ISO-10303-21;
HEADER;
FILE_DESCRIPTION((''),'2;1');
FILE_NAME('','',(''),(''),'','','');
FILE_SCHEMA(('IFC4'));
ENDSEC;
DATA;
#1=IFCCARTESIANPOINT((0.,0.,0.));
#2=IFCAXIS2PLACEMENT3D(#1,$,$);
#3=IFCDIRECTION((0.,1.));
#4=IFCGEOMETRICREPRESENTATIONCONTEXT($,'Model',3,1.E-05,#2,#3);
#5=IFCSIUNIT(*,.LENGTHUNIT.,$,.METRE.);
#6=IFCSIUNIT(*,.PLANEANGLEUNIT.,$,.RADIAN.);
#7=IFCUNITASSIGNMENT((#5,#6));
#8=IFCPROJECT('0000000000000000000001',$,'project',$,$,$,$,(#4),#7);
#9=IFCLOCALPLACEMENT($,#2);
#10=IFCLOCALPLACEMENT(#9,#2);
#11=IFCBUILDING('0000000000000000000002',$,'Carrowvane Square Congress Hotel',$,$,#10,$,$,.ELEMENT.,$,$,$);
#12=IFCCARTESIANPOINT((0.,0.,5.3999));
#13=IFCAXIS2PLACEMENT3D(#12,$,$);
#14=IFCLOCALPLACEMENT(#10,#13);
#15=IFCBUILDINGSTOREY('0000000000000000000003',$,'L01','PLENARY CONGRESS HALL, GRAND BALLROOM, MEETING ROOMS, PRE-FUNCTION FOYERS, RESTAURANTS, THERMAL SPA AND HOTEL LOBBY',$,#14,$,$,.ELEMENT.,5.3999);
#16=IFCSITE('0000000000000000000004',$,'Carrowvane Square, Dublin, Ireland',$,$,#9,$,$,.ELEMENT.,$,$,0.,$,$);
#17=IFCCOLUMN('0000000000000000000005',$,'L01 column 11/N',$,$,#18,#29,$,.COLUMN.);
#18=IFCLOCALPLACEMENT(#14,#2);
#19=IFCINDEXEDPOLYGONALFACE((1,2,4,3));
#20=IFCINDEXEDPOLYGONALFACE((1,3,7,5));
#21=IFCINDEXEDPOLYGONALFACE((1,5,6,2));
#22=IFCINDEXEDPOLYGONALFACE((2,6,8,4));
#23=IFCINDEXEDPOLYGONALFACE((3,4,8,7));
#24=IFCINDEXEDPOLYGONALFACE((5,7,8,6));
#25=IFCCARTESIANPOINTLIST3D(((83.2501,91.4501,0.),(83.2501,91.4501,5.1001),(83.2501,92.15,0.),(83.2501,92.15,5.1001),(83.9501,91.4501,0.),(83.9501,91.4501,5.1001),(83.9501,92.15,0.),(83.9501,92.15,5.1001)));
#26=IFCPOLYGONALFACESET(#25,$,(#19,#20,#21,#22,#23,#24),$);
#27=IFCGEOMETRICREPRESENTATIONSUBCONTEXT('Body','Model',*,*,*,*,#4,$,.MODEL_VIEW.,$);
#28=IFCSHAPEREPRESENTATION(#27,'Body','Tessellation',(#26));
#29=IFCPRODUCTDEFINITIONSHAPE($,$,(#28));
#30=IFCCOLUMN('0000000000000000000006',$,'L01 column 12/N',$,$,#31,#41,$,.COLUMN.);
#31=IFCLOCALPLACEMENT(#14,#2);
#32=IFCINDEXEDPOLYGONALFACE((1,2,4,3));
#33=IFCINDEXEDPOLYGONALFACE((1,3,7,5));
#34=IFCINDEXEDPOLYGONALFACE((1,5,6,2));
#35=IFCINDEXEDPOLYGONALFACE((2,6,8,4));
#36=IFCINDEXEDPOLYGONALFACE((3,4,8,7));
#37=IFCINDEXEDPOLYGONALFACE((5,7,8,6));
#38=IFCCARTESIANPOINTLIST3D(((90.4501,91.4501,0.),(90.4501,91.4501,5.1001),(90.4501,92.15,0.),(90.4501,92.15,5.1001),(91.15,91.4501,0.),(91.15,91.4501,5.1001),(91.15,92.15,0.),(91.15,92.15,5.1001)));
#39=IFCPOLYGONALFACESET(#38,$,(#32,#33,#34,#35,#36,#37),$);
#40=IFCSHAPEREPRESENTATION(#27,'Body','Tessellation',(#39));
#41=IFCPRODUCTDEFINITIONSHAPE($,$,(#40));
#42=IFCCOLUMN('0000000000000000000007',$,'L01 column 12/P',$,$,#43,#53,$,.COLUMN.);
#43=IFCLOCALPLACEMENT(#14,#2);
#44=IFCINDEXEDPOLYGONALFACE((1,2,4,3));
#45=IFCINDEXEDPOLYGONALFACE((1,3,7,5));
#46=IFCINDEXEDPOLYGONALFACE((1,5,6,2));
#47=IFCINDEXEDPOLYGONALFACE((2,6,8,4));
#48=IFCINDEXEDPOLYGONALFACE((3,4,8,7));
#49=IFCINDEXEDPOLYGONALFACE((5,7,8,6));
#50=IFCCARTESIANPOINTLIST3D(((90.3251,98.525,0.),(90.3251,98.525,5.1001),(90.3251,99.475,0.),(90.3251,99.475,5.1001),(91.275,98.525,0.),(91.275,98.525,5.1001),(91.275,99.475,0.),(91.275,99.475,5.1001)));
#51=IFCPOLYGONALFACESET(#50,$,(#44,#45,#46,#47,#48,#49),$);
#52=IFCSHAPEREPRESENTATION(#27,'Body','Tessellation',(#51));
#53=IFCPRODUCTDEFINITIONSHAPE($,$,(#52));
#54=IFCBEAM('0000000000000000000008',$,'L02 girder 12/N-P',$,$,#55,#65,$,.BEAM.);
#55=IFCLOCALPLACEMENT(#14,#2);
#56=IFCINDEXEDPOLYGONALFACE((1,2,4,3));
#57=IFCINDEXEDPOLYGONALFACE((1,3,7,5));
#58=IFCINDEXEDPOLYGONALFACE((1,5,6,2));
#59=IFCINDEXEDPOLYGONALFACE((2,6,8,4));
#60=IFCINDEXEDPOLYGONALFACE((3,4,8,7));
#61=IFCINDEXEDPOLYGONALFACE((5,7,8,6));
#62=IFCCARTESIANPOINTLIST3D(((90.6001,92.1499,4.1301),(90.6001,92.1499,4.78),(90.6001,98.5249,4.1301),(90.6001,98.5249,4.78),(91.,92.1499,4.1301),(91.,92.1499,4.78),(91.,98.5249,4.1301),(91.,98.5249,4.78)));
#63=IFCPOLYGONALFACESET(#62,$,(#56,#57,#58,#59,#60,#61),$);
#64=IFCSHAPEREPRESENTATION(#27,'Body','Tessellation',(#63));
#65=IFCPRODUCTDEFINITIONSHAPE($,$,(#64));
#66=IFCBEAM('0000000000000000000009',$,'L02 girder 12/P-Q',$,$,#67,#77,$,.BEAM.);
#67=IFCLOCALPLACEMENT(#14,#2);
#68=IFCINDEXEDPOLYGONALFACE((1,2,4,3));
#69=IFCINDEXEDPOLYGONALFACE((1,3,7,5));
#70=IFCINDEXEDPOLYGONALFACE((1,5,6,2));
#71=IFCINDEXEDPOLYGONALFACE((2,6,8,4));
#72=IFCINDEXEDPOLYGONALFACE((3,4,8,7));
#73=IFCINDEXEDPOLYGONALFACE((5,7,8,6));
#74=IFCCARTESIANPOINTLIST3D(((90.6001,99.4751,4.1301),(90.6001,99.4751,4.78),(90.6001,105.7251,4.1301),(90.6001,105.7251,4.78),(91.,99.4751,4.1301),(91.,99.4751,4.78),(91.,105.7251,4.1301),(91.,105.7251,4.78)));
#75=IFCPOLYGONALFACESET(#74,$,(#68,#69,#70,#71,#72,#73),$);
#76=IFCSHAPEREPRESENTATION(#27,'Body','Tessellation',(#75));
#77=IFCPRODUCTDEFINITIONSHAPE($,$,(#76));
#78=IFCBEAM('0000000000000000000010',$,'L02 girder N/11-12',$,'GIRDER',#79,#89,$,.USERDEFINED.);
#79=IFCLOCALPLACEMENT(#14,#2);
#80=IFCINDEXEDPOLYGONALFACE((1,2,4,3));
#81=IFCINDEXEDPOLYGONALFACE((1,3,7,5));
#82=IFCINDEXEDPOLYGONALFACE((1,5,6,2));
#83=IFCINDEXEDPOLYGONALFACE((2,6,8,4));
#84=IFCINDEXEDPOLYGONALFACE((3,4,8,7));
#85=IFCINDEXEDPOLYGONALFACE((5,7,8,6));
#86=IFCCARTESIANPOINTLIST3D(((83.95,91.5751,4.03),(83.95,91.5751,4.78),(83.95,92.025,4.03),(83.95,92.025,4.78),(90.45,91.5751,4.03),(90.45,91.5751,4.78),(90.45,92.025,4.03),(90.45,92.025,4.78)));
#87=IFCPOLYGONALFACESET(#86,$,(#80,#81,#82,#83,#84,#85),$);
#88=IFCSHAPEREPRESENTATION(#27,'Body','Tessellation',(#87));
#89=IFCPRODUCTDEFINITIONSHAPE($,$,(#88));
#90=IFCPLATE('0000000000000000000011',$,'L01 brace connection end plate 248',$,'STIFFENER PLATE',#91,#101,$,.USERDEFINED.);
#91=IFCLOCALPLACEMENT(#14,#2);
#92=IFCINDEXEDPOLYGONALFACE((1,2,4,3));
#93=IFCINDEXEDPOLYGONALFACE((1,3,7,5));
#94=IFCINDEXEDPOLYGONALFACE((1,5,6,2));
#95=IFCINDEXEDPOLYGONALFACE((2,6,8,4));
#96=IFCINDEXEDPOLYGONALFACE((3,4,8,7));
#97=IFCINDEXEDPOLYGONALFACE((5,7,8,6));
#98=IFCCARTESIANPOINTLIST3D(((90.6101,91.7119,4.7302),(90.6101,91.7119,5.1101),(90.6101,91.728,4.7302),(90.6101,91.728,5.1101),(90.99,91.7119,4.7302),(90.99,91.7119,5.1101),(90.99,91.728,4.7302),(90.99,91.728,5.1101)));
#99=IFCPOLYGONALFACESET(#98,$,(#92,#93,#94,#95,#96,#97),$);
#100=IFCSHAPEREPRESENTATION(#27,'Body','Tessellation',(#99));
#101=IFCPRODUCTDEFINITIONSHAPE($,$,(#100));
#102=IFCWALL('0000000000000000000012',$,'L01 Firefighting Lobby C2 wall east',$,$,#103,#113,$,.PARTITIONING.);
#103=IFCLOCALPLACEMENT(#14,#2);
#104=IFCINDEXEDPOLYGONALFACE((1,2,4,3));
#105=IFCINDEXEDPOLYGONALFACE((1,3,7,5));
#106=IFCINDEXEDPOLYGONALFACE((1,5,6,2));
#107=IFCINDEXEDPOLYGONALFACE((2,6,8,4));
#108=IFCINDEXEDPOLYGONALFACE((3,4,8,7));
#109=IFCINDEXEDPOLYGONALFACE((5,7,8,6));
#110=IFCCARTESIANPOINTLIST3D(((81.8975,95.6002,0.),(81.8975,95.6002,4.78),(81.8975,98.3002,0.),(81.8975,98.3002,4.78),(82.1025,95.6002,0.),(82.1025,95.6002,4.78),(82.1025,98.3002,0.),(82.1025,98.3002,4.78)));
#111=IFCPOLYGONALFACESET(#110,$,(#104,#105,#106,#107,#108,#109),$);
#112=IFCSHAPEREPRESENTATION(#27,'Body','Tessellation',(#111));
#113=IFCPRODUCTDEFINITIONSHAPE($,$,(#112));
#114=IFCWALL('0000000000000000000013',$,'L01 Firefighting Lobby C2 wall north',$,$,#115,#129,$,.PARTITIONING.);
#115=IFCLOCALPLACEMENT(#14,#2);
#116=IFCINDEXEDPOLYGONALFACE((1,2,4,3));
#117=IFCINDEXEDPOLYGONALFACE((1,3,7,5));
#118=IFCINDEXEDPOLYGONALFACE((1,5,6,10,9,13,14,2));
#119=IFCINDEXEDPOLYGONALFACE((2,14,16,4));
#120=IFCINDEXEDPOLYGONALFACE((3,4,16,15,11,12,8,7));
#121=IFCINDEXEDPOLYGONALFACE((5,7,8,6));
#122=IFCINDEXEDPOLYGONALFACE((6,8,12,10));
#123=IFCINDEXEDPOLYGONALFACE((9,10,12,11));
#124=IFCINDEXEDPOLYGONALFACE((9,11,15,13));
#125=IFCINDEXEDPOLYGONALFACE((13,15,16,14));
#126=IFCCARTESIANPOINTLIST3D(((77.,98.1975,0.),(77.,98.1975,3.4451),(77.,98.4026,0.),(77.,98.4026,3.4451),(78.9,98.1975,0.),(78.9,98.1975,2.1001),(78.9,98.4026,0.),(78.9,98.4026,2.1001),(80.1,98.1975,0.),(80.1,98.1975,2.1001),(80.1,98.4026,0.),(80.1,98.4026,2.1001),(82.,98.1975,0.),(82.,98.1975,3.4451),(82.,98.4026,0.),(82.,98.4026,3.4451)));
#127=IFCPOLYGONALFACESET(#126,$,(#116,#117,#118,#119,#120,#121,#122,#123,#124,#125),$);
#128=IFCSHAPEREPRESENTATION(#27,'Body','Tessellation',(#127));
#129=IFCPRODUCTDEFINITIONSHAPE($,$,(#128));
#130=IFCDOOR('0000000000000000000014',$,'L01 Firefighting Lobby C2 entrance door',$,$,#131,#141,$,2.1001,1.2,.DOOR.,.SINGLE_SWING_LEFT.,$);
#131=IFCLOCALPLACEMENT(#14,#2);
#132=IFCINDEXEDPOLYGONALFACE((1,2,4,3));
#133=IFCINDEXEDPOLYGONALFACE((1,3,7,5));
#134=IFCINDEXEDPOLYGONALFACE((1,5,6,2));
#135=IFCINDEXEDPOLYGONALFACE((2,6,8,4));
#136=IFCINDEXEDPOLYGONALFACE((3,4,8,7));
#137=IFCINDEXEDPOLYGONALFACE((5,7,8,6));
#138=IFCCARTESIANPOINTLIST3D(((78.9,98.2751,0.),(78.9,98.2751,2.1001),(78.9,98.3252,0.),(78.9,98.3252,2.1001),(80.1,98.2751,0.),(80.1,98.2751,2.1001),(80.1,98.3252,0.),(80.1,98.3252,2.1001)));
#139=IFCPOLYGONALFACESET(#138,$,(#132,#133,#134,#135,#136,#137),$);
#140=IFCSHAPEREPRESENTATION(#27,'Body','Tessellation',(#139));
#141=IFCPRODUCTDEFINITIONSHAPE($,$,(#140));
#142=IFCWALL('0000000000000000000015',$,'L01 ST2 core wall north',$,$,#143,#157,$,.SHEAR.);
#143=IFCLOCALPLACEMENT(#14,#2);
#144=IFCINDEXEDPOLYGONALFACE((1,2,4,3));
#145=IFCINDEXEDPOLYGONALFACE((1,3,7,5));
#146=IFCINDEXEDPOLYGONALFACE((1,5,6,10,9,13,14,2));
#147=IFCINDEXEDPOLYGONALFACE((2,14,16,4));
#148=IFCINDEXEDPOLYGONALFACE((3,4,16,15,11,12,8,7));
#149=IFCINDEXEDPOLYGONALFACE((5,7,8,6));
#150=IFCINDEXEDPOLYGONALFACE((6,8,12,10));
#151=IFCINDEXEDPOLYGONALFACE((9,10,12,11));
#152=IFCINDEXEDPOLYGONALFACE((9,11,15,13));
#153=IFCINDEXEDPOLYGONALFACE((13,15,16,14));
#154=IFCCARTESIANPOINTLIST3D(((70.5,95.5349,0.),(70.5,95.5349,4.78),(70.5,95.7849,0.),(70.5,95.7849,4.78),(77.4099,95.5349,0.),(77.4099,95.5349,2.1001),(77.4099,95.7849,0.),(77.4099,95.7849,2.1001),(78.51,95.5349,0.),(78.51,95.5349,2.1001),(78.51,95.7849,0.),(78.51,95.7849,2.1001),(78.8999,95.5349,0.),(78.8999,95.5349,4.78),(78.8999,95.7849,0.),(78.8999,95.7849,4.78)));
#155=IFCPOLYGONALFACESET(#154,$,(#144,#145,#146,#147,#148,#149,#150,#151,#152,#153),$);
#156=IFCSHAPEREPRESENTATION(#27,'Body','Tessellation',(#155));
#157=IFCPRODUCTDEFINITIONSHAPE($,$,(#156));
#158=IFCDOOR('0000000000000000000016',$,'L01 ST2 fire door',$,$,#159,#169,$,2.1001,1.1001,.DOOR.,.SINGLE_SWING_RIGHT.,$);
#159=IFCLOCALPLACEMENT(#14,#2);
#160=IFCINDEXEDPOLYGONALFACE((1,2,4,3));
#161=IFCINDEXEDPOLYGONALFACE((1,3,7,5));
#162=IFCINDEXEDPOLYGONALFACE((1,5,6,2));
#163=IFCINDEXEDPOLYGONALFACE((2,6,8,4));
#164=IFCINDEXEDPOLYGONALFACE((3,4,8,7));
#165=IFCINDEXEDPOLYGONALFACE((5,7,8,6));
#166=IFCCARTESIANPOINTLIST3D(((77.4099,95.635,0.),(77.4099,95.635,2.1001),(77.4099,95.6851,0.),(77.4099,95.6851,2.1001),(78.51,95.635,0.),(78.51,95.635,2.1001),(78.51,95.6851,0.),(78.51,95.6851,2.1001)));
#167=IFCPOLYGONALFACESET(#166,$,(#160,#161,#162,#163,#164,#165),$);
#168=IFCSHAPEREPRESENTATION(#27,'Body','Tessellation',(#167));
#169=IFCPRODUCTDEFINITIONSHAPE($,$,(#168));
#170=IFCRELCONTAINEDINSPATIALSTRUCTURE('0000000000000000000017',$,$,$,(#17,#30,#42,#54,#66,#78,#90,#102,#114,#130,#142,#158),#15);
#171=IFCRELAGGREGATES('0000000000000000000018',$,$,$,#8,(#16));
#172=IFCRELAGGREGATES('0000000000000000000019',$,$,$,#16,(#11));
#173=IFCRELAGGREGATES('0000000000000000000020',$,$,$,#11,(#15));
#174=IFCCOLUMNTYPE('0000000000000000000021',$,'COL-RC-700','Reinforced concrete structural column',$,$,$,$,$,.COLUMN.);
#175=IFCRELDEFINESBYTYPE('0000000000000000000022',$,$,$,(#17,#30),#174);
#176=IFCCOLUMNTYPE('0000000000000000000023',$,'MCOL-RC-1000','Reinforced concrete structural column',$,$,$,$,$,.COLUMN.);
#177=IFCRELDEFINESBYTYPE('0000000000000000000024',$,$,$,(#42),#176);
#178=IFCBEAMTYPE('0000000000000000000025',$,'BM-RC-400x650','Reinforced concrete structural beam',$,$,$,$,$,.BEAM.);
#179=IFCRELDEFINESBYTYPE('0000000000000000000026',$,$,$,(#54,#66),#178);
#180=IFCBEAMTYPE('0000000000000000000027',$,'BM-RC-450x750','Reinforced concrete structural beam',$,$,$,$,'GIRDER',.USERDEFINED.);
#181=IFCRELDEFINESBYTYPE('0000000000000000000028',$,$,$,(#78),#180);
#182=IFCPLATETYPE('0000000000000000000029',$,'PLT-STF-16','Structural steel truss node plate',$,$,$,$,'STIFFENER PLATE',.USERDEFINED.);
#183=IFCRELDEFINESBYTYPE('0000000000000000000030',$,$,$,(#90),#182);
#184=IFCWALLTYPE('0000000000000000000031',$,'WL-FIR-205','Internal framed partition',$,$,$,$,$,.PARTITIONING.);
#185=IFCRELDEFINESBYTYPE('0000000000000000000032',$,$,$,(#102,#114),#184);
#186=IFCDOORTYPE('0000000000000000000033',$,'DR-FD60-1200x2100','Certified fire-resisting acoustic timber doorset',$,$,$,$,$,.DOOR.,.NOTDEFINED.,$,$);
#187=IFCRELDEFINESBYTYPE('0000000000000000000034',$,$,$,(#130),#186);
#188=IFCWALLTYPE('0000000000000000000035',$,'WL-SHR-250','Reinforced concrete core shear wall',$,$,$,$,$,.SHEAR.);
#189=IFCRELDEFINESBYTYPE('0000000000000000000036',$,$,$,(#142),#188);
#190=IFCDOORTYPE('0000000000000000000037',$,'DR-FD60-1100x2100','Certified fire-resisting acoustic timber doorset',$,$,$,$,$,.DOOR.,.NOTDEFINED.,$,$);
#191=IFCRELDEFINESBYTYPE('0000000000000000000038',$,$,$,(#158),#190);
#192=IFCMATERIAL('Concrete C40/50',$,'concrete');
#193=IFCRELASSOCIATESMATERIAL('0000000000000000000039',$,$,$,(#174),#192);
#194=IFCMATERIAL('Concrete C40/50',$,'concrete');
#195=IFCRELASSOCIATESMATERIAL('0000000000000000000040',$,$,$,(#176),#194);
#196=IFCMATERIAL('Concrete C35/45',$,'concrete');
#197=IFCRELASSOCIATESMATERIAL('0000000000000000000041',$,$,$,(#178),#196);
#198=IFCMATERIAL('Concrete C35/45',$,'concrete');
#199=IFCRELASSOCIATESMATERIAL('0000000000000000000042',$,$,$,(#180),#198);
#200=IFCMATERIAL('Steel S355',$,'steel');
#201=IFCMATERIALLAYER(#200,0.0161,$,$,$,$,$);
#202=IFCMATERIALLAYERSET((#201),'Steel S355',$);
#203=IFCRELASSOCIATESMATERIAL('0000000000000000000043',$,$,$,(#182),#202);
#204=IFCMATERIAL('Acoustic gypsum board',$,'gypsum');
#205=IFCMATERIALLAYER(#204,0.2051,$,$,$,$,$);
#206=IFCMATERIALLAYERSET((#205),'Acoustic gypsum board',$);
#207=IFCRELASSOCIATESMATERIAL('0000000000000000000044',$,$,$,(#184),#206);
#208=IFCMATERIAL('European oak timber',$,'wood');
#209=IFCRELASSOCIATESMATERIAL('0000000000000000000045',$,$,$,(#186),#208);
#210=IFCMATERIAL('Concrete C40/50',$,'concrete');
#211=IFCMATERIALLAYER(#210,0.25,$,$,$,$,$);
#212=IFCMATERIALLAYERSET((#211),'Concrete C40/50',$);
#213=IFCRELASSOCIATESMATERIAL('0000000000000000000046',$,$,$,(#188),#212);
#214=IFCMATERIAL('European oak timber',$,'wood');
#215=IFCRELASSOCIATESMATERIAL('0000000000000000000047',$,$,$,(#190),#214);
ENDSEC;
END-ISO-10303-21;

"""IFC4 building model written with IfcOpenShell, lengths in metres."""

from ifc_helpers import new_model, si_unit, direction, frame, frame_2d, origin, origin_2d, place, context, subcontext, project, spatial, rectangle, extrude, material, layer, layer_set, material_profile, profile_set, type_object, element, fill, save


model = new_model("IFC4")

# Units and contexts
model_context = context("Model", 3, precision=1e-05, world=origin(), true_north=direction((0.0, 1.0)))
body_context = subcontext(model_context, "Body", "Model", "MODEL_VIEW")
ifc_project = project(units=[si_unit("LENGTHUNIT", "METRE"), si_unit("PLANEANGLEUNIT", "RADIAN")], contexts=[model_context])

# Site, building, storey
site_placement = place(None, origin())
site = spatial("IfcSite", under=ifc_project, at=site_placement, Name="Carrowvane Square, Dublin, Ireland", CompositionType="ELEMENT", RefElevation=0.0)
building_placement = place(site_placement, origin())
building = spatial("IfcBuilding", under=site, at=building_placement, Name="Carrowvane Square Congress Hotel", CompositionType="ELEMENT")
storey_placement = place(building_placement, frame((0.0, 0.0, 5.3999)))
storey = spatial("IfcBuildingStorey", under=building, at=storey_placement, Name="L01", Description="PLENARY CONGRESS HALL, GRAND BALLROOM, MEETING ROOMS, PRE-FUNCTION FOYERS, RESTAURANTS, THERMAL SPA AND HOTEL LOBBY", CompositionType="ELEMENT", Elevation=5.3999)

# Columns
ifc_material_1 = material(Name="Concrete C40/50", Category="concrete")
ifc_material_profile_1 = material_profile(ifc_material_1, rectangle(XDim=0.7, YDim=0.7, at=origin_2d()), Name="RC 700x700")
ifc_profile_set_1 = profile_set([ifc_material_profile_1], Name="Concrete C40/50")
column_type_1 = type_object("IfcColumnType", Name="COL-RC-700", Description="Reinforced concrete structural column", PredefinedType="COLUMN", material=ifc_profile_set_1)
for number, where, z_axis, x_axis, name in (
    (1, (83.6001, 91.8, 0.0), (0.0, 0.0, 1.0), (1.0, 0.0, 0.0), "L01 column 11/N"),
    (2, (90.8, 91.8, 0.0), (0.0, 0.0, 1.0), (1.0, 0.0, 0.0), "L01 column 12/N"),
):
    element("IfcColumn", number, at=place(storey_placement, frame(where, z_axis=z_axis, x_axis=x_axis)), inside=storey, type_object=column_type_1, Name=name, PredefinedType="COLUMN", context=body_context, shape_type="SweptSolid", body=[
        extrude(rectangle(XDim=0.7, YDim=0.7, at=origin_2d()), origin(), (0.0, 0.0, 1.0), 5.1001),
    ])
ifc_material_2 = material(Name="Concrete C40/50", Category="concrete")
ifc_material_profile_2 = material_profile(ifc_material_2, rectangle(XDim=0.95, YDim=0.95, at=origin_2d()), Name="RC 950x950")
ifc_profile_set_2 = profile_set([ifc_material_profile_2], Name="Concrete C40/50")
column_type_2 = type_object("IfcColumnType", Name="MCOL-RC-1000", Description="Reinforced concrete structural column", PredefinedType="COLUMN", material=ifc_profile_set_2)
column_placement = place(storey_placement, frame((90.8, 99.0, 0.0), z_axis=(0.0, 0.0, 1.0), x_axis=(1.0, 0.0, 0.0)))
element("IfcColumn", 3, at=column_placement, inside=storey, type_object=column_type_2, Name="L01 column 12/P", PredefinedType="COLUMN", context=body_context, shape_type="SweptSolid", body=[
    extrude(rectangle(XDim=0.95, YDim=0.95, at=origin_2d()), origin(), (0.0, 0.0, 1.0), 5.1001),
])

# Beams
ifc_material_3 = material(Name="Concrete C35/45", Category="concrete")
ifc_material_profile_3 = material_profile(ifc_material_3, rectangle(XDim=0.3999, YDim=0.6499, at=origin_2d()), Name="RC 400x650")
ifc_profile_set_3 = profile_set([ifc_material_profile_3], Name="Concrete C35/45")
beam_type_1 = type_object("IfcBeamType", Name="BM-RC-400x650", Description="Reinforced concrete structural beam", PredefinedType="BEAM", material=ifc_profile_set_3)
beam_1_placement = place(storey_placement, frame((90.8, 92.1499, 4.4551), z_axis=(0.0, 1.0, 0.0), x_axis=(-1.0, 0.0, 0.0)))
element("IfcBeam", 4, at=beam_1_placement, inside=storey, type_object=beam_type_1, Name="L02 girder 12/N-P", PredefinedType="BEAM", context=body_context, shape_type="SweptSolid", body=[
    extrude(rectangle(XDim=0.3999, YDim=0.6499, at=origin_2d()), origin(), (0.0, 0.0, 1.0), 6.375),
])
beam_2_placement = place(storey_placement, frame((90.8, 99.4751, 4.4551), z_axis=(0.0, 1.0, 0.0), x_axis=(-1.0, 0.0, 0.0)))
element("IfcBeam", 5, at=beam_2_placement, inside=storey, type_object=beam_type_1, Name="L02 girder 12/P-Q", PredefinedType="BEAM", context=body_context, shape_type="SweptSolid", body=[
    extrude(rectangle(XDim=0.3999, YDim=0.6499, at=origin_2d()), origin(), (0.0, 0.0, 1.0), 6.25),
])
ifc_material_4 = material(Name="Concrete C35/45", Category="concrete")
ifc_material_profile_4 = material_profile(ifc_material_4, rectangle(XDim=0.45, YDim=0.75, at=origin_2d()), Name="RC 450x750")
ifc_profile_set_4 = profile_set([ifc_material_profile_4], Name="Concrete C35/45")
beam_type_2 = type_object("IfcBeamType", Name="BM-RC-450x750", Description="Reinforced concrete structural beam", ElementType="GIRDER", PredefinedType="USERDEFINED", material=ifc_profile_set_4)
beam_3_placement = place(storey_placement, frame((83.95, 91.8, 4.405), z_axis=(1.0, 0.0, 0.0), x_axis=(0.0, 1.0, 0.0)))
element("IfcBeam", 6, at=beam_3_placement, inside=storey, type_object=beam_type_2, Name="L02 girder N/11-12", ObjectType="GIRDER", PredefinedType="USERDEFINED", context=body_context, shape_type="SweptSolid", body=[
    extrude(rectangle(XDim=0.45, YDim=0.75, at=origin_2d()), origin(), (0.0, 0.0, 1.0), 6.5),
])

# Plate
ifc_material_5 = material(Name="Steel S355", Category="steel")
ifc_layer_1 = layer(ifc_material_5, 0.0161)
ifc_layer_set_1 = layer_set([ifc_layer_1], Name="Steel S355")
plate_type = type_object("IfcPlateType", Name="PLT-STF-16", Description="Structural steel truss node plate", ElementType="STIFFENER PLATE", PredefinedType="USERDEFINED", material=ifc_layer_set_1)
plate_placement = place(storey_placement, frame((90.8, 91.72, 4.7302), z_axis=(0.0, 0.0, 1.0), x_axis=(1.0, 0.0, 0.0)))
element("IfcPlate", 7, at=plate_placement, inside=storey, type_object=plate_type, Name="L01 brace connection end plate 248", ObjectType="STIFFENER PLATE", PredefinedType="USERDEFINED", context=body_context, shape_type="SweptSolid", body=[
    extrude(rectangle(XDim=0.3799, YDim=0.0161, at=origin_2d()), origin(), (0.0, 0.0, 1.0), 0.3799),
])

# Wall
ifc_material_6 = material(Name="Acoustic gypsum board", Category="gypsum")
ifc_layer_2 = layer(ifc_material_6, 0.2051)
ifc_layer_set_2 = layer_set([ifc_layer_2], Name="Acoustic gypsum board")
wall_type_1 = type_object("IfcWallType", Name="WL-FIR-205", Description="Internal framed partition", PredefinedType="PARTITIONING", material=ifc_layer_set_2)
wall_1_placement = place(storey_placement, frame((82.0, 95.6001, 0.0), z_axis=(0.0, 0.0, 1.0), x_axis=(0.0, 1.0, 0.0)))
element("IfcWall", 8, at=wall_1_placement, inside=storey, type_object=wall_type_1, Name="L01 Firefighting Lobby C2 wall east", PredefinedType="PARTITIONING", context=body_context, shape_type="SweptSolid", body=[
    extrude(rectangle(XDim=2.7, YDim=0.2051, at=frame_2d((1.3501, 0.0))), origin(), (0.0, 0.0, 1.0), 4.78),
])

# Walls, openings, doors
wall_2_placement = place(storey_placement, frame((82.0, 98.3, 0.0), z_axis=(0.0, 0.0, 1.0), x_axis=(-1.0, 0.0, 0.0)))
wall_2 = element("IfcWall", 9, at=wall_2_placement, inside=storey, type_object=wall_type_1, Name="L01 Firefighting Lobby C2 wall north", PredefinedType="PARTITIONING", context=body_context, shape_type="SweptSolid", body=[
    extrude(rectangle(XDim=5.0, YDim=0.2051, at=frame_2d((2.5, 0.0))), origin(), (0.0, 0.0, 1.0), 3.4451),
])
opening_1_placement = place(wall_2_placement, frame((1.8999, 0.0, 0.0)))
opening_1 = element("IfcOpeningElement", 10, at=opening_1_placement, cuts=wall_2, PredefinedType="OPENING", context=body_context, shape_type="SweptSolid", body=[
    extrude(rectangle(XDim=1.2, YDim=2.1001, at=frame_2d((0.6001, 1.05))), frame((0.0, 0.1125, 0.0), z_axis=(0.0, -1.0, 0.0), x_axis=(1.0, 0.0, 0.0)), (0.0, 0.0, 1.0), 0.2251),
])
ifc_material_7 = material(Name="European oak timber", Category="wood")
door_type_1 = type_object("IfcDoorType", Name="DR-FD60-1200x2100", Description="Certified fire-resisting acoustic timber doorset", OperationType="NOTDEFINED", PredefinedType="DOOR", material=ifc_material_7)
door_1_placement = place(opening_1_placement, origin())
door_1 = element("IfcDoor", 11, at=door_1_placement, inside=storey, type_object=door_type_1, Name="L01 Firefighting Lobby C2 entrance door", OperationType="SINGLE_SWING_LEFT", OverallHeight=2.1001, OverallWidth=1.2, PredefinedType="DOOR", context=body_context, shape_type="SweptSolid", body=[
    extrude(rectangle(XDim=1.2, YDim=2.1001, at=frame_2d((0.6001, 1.05))), frame((0.0, 0.0249, 0.0), z_axis=(0.0, -1.0, 0.0), x_axis=(1.0, 0.0, 0.0)), (0.0, 0.0, 1.0), 0.05),
])
fill(opening_1, door_1)
ifc_material_8 = material(Name="Concrete C40/50", Category="concrete")
ifc_layer_3 = layer(ifc_material_8, 0.25)
ifc_layer_set_3 = layer_set([ifc_layer_3], Name="Concrete C40/50")
wall_type_2 = type_object("IfcWallType", Name="WL-SHR-250", Description="Reinforced concrete core shear wall", PredefinedType="SHEAR", material=ifc_layer_set_3)
wall_3_placement = place(storey_placement, frame((78.8999, 95.6599, 0.0), z_axis=(0.0, 0.0, 1.0), x_axis=(-1.0, 0.0, 0.0)))
wall_3 = element("IfcWall", 12, at=wall_3_placement, inside=storey, type_object=wall_type_2, Name="L01 ST2 core wall north", PredefinedType="SHEAR", context=body_context, shape_type="SweptSolid", body=[
    extrude(rectangle(XDim=8.3999, YDim=0.25, at=frame_2d((4.2, 0.0))), origin(), (0.0, 0.0, 1.0), 4.78),
])
opening_2_placement = place(wall_3_placement, frame((0.3899, 0.0, 0.0)))
opening_2 = element("IfcOpeningElement", 13, at=opening_2_placement, cuts=wall_3, PredefinedType="OPENING", context=body_context, shape_type="SweptSolid", body=[
    extrude(rectangle(XDim=1.1001, YDim=2.1001, at=frame_2d((0.55, 1.05))), frame((0.0, 0.135, 0.0), z_axis=(0.0, -1.0, 0.0), x_axis=(1.0, 0.0, 0.0)), (0.0, 0.0, 1.0), 0.27),
])
ifc_material_9 = material(Name="European oak timber", Category="wood")
door_type_2 = type_object("IfcDoorType", Name="DR-FD60-1100x2100", Description="Certified fire-resisting acoustic timber doorset", OperationType="NOTDEFINED", PredefinedType="DOOR", material=ifc_material_9)
door_2_placement = place(opening_2_placement, origin())
door_2 = element("IfcDoor", 14, at=door_2_placement, inside=storey, type_object=door_type_2, Name="L01 ST2 fire door", OperationType="SINGLE_SWING_RIGHT", OverallHeight=2.1001, OverallWidth=1.1001, PredefinedType="DOOR", context=body_context, shape_type="SweptSolid", body=[
    extrude(rectangle(XDim=1.1001, YDim=2.1001, at=frame_2d((0.55, 1.05))), frame((0.0, 0.0249, 0.0), z_axis=(0.0, -1.0, 0.0), x_axis=(1.0, 0.0, 0.0)), (0.0, 0.0, 1.0), 0.05),
])
fill(opening_2, door_2)

save(model, "model.ifc")
